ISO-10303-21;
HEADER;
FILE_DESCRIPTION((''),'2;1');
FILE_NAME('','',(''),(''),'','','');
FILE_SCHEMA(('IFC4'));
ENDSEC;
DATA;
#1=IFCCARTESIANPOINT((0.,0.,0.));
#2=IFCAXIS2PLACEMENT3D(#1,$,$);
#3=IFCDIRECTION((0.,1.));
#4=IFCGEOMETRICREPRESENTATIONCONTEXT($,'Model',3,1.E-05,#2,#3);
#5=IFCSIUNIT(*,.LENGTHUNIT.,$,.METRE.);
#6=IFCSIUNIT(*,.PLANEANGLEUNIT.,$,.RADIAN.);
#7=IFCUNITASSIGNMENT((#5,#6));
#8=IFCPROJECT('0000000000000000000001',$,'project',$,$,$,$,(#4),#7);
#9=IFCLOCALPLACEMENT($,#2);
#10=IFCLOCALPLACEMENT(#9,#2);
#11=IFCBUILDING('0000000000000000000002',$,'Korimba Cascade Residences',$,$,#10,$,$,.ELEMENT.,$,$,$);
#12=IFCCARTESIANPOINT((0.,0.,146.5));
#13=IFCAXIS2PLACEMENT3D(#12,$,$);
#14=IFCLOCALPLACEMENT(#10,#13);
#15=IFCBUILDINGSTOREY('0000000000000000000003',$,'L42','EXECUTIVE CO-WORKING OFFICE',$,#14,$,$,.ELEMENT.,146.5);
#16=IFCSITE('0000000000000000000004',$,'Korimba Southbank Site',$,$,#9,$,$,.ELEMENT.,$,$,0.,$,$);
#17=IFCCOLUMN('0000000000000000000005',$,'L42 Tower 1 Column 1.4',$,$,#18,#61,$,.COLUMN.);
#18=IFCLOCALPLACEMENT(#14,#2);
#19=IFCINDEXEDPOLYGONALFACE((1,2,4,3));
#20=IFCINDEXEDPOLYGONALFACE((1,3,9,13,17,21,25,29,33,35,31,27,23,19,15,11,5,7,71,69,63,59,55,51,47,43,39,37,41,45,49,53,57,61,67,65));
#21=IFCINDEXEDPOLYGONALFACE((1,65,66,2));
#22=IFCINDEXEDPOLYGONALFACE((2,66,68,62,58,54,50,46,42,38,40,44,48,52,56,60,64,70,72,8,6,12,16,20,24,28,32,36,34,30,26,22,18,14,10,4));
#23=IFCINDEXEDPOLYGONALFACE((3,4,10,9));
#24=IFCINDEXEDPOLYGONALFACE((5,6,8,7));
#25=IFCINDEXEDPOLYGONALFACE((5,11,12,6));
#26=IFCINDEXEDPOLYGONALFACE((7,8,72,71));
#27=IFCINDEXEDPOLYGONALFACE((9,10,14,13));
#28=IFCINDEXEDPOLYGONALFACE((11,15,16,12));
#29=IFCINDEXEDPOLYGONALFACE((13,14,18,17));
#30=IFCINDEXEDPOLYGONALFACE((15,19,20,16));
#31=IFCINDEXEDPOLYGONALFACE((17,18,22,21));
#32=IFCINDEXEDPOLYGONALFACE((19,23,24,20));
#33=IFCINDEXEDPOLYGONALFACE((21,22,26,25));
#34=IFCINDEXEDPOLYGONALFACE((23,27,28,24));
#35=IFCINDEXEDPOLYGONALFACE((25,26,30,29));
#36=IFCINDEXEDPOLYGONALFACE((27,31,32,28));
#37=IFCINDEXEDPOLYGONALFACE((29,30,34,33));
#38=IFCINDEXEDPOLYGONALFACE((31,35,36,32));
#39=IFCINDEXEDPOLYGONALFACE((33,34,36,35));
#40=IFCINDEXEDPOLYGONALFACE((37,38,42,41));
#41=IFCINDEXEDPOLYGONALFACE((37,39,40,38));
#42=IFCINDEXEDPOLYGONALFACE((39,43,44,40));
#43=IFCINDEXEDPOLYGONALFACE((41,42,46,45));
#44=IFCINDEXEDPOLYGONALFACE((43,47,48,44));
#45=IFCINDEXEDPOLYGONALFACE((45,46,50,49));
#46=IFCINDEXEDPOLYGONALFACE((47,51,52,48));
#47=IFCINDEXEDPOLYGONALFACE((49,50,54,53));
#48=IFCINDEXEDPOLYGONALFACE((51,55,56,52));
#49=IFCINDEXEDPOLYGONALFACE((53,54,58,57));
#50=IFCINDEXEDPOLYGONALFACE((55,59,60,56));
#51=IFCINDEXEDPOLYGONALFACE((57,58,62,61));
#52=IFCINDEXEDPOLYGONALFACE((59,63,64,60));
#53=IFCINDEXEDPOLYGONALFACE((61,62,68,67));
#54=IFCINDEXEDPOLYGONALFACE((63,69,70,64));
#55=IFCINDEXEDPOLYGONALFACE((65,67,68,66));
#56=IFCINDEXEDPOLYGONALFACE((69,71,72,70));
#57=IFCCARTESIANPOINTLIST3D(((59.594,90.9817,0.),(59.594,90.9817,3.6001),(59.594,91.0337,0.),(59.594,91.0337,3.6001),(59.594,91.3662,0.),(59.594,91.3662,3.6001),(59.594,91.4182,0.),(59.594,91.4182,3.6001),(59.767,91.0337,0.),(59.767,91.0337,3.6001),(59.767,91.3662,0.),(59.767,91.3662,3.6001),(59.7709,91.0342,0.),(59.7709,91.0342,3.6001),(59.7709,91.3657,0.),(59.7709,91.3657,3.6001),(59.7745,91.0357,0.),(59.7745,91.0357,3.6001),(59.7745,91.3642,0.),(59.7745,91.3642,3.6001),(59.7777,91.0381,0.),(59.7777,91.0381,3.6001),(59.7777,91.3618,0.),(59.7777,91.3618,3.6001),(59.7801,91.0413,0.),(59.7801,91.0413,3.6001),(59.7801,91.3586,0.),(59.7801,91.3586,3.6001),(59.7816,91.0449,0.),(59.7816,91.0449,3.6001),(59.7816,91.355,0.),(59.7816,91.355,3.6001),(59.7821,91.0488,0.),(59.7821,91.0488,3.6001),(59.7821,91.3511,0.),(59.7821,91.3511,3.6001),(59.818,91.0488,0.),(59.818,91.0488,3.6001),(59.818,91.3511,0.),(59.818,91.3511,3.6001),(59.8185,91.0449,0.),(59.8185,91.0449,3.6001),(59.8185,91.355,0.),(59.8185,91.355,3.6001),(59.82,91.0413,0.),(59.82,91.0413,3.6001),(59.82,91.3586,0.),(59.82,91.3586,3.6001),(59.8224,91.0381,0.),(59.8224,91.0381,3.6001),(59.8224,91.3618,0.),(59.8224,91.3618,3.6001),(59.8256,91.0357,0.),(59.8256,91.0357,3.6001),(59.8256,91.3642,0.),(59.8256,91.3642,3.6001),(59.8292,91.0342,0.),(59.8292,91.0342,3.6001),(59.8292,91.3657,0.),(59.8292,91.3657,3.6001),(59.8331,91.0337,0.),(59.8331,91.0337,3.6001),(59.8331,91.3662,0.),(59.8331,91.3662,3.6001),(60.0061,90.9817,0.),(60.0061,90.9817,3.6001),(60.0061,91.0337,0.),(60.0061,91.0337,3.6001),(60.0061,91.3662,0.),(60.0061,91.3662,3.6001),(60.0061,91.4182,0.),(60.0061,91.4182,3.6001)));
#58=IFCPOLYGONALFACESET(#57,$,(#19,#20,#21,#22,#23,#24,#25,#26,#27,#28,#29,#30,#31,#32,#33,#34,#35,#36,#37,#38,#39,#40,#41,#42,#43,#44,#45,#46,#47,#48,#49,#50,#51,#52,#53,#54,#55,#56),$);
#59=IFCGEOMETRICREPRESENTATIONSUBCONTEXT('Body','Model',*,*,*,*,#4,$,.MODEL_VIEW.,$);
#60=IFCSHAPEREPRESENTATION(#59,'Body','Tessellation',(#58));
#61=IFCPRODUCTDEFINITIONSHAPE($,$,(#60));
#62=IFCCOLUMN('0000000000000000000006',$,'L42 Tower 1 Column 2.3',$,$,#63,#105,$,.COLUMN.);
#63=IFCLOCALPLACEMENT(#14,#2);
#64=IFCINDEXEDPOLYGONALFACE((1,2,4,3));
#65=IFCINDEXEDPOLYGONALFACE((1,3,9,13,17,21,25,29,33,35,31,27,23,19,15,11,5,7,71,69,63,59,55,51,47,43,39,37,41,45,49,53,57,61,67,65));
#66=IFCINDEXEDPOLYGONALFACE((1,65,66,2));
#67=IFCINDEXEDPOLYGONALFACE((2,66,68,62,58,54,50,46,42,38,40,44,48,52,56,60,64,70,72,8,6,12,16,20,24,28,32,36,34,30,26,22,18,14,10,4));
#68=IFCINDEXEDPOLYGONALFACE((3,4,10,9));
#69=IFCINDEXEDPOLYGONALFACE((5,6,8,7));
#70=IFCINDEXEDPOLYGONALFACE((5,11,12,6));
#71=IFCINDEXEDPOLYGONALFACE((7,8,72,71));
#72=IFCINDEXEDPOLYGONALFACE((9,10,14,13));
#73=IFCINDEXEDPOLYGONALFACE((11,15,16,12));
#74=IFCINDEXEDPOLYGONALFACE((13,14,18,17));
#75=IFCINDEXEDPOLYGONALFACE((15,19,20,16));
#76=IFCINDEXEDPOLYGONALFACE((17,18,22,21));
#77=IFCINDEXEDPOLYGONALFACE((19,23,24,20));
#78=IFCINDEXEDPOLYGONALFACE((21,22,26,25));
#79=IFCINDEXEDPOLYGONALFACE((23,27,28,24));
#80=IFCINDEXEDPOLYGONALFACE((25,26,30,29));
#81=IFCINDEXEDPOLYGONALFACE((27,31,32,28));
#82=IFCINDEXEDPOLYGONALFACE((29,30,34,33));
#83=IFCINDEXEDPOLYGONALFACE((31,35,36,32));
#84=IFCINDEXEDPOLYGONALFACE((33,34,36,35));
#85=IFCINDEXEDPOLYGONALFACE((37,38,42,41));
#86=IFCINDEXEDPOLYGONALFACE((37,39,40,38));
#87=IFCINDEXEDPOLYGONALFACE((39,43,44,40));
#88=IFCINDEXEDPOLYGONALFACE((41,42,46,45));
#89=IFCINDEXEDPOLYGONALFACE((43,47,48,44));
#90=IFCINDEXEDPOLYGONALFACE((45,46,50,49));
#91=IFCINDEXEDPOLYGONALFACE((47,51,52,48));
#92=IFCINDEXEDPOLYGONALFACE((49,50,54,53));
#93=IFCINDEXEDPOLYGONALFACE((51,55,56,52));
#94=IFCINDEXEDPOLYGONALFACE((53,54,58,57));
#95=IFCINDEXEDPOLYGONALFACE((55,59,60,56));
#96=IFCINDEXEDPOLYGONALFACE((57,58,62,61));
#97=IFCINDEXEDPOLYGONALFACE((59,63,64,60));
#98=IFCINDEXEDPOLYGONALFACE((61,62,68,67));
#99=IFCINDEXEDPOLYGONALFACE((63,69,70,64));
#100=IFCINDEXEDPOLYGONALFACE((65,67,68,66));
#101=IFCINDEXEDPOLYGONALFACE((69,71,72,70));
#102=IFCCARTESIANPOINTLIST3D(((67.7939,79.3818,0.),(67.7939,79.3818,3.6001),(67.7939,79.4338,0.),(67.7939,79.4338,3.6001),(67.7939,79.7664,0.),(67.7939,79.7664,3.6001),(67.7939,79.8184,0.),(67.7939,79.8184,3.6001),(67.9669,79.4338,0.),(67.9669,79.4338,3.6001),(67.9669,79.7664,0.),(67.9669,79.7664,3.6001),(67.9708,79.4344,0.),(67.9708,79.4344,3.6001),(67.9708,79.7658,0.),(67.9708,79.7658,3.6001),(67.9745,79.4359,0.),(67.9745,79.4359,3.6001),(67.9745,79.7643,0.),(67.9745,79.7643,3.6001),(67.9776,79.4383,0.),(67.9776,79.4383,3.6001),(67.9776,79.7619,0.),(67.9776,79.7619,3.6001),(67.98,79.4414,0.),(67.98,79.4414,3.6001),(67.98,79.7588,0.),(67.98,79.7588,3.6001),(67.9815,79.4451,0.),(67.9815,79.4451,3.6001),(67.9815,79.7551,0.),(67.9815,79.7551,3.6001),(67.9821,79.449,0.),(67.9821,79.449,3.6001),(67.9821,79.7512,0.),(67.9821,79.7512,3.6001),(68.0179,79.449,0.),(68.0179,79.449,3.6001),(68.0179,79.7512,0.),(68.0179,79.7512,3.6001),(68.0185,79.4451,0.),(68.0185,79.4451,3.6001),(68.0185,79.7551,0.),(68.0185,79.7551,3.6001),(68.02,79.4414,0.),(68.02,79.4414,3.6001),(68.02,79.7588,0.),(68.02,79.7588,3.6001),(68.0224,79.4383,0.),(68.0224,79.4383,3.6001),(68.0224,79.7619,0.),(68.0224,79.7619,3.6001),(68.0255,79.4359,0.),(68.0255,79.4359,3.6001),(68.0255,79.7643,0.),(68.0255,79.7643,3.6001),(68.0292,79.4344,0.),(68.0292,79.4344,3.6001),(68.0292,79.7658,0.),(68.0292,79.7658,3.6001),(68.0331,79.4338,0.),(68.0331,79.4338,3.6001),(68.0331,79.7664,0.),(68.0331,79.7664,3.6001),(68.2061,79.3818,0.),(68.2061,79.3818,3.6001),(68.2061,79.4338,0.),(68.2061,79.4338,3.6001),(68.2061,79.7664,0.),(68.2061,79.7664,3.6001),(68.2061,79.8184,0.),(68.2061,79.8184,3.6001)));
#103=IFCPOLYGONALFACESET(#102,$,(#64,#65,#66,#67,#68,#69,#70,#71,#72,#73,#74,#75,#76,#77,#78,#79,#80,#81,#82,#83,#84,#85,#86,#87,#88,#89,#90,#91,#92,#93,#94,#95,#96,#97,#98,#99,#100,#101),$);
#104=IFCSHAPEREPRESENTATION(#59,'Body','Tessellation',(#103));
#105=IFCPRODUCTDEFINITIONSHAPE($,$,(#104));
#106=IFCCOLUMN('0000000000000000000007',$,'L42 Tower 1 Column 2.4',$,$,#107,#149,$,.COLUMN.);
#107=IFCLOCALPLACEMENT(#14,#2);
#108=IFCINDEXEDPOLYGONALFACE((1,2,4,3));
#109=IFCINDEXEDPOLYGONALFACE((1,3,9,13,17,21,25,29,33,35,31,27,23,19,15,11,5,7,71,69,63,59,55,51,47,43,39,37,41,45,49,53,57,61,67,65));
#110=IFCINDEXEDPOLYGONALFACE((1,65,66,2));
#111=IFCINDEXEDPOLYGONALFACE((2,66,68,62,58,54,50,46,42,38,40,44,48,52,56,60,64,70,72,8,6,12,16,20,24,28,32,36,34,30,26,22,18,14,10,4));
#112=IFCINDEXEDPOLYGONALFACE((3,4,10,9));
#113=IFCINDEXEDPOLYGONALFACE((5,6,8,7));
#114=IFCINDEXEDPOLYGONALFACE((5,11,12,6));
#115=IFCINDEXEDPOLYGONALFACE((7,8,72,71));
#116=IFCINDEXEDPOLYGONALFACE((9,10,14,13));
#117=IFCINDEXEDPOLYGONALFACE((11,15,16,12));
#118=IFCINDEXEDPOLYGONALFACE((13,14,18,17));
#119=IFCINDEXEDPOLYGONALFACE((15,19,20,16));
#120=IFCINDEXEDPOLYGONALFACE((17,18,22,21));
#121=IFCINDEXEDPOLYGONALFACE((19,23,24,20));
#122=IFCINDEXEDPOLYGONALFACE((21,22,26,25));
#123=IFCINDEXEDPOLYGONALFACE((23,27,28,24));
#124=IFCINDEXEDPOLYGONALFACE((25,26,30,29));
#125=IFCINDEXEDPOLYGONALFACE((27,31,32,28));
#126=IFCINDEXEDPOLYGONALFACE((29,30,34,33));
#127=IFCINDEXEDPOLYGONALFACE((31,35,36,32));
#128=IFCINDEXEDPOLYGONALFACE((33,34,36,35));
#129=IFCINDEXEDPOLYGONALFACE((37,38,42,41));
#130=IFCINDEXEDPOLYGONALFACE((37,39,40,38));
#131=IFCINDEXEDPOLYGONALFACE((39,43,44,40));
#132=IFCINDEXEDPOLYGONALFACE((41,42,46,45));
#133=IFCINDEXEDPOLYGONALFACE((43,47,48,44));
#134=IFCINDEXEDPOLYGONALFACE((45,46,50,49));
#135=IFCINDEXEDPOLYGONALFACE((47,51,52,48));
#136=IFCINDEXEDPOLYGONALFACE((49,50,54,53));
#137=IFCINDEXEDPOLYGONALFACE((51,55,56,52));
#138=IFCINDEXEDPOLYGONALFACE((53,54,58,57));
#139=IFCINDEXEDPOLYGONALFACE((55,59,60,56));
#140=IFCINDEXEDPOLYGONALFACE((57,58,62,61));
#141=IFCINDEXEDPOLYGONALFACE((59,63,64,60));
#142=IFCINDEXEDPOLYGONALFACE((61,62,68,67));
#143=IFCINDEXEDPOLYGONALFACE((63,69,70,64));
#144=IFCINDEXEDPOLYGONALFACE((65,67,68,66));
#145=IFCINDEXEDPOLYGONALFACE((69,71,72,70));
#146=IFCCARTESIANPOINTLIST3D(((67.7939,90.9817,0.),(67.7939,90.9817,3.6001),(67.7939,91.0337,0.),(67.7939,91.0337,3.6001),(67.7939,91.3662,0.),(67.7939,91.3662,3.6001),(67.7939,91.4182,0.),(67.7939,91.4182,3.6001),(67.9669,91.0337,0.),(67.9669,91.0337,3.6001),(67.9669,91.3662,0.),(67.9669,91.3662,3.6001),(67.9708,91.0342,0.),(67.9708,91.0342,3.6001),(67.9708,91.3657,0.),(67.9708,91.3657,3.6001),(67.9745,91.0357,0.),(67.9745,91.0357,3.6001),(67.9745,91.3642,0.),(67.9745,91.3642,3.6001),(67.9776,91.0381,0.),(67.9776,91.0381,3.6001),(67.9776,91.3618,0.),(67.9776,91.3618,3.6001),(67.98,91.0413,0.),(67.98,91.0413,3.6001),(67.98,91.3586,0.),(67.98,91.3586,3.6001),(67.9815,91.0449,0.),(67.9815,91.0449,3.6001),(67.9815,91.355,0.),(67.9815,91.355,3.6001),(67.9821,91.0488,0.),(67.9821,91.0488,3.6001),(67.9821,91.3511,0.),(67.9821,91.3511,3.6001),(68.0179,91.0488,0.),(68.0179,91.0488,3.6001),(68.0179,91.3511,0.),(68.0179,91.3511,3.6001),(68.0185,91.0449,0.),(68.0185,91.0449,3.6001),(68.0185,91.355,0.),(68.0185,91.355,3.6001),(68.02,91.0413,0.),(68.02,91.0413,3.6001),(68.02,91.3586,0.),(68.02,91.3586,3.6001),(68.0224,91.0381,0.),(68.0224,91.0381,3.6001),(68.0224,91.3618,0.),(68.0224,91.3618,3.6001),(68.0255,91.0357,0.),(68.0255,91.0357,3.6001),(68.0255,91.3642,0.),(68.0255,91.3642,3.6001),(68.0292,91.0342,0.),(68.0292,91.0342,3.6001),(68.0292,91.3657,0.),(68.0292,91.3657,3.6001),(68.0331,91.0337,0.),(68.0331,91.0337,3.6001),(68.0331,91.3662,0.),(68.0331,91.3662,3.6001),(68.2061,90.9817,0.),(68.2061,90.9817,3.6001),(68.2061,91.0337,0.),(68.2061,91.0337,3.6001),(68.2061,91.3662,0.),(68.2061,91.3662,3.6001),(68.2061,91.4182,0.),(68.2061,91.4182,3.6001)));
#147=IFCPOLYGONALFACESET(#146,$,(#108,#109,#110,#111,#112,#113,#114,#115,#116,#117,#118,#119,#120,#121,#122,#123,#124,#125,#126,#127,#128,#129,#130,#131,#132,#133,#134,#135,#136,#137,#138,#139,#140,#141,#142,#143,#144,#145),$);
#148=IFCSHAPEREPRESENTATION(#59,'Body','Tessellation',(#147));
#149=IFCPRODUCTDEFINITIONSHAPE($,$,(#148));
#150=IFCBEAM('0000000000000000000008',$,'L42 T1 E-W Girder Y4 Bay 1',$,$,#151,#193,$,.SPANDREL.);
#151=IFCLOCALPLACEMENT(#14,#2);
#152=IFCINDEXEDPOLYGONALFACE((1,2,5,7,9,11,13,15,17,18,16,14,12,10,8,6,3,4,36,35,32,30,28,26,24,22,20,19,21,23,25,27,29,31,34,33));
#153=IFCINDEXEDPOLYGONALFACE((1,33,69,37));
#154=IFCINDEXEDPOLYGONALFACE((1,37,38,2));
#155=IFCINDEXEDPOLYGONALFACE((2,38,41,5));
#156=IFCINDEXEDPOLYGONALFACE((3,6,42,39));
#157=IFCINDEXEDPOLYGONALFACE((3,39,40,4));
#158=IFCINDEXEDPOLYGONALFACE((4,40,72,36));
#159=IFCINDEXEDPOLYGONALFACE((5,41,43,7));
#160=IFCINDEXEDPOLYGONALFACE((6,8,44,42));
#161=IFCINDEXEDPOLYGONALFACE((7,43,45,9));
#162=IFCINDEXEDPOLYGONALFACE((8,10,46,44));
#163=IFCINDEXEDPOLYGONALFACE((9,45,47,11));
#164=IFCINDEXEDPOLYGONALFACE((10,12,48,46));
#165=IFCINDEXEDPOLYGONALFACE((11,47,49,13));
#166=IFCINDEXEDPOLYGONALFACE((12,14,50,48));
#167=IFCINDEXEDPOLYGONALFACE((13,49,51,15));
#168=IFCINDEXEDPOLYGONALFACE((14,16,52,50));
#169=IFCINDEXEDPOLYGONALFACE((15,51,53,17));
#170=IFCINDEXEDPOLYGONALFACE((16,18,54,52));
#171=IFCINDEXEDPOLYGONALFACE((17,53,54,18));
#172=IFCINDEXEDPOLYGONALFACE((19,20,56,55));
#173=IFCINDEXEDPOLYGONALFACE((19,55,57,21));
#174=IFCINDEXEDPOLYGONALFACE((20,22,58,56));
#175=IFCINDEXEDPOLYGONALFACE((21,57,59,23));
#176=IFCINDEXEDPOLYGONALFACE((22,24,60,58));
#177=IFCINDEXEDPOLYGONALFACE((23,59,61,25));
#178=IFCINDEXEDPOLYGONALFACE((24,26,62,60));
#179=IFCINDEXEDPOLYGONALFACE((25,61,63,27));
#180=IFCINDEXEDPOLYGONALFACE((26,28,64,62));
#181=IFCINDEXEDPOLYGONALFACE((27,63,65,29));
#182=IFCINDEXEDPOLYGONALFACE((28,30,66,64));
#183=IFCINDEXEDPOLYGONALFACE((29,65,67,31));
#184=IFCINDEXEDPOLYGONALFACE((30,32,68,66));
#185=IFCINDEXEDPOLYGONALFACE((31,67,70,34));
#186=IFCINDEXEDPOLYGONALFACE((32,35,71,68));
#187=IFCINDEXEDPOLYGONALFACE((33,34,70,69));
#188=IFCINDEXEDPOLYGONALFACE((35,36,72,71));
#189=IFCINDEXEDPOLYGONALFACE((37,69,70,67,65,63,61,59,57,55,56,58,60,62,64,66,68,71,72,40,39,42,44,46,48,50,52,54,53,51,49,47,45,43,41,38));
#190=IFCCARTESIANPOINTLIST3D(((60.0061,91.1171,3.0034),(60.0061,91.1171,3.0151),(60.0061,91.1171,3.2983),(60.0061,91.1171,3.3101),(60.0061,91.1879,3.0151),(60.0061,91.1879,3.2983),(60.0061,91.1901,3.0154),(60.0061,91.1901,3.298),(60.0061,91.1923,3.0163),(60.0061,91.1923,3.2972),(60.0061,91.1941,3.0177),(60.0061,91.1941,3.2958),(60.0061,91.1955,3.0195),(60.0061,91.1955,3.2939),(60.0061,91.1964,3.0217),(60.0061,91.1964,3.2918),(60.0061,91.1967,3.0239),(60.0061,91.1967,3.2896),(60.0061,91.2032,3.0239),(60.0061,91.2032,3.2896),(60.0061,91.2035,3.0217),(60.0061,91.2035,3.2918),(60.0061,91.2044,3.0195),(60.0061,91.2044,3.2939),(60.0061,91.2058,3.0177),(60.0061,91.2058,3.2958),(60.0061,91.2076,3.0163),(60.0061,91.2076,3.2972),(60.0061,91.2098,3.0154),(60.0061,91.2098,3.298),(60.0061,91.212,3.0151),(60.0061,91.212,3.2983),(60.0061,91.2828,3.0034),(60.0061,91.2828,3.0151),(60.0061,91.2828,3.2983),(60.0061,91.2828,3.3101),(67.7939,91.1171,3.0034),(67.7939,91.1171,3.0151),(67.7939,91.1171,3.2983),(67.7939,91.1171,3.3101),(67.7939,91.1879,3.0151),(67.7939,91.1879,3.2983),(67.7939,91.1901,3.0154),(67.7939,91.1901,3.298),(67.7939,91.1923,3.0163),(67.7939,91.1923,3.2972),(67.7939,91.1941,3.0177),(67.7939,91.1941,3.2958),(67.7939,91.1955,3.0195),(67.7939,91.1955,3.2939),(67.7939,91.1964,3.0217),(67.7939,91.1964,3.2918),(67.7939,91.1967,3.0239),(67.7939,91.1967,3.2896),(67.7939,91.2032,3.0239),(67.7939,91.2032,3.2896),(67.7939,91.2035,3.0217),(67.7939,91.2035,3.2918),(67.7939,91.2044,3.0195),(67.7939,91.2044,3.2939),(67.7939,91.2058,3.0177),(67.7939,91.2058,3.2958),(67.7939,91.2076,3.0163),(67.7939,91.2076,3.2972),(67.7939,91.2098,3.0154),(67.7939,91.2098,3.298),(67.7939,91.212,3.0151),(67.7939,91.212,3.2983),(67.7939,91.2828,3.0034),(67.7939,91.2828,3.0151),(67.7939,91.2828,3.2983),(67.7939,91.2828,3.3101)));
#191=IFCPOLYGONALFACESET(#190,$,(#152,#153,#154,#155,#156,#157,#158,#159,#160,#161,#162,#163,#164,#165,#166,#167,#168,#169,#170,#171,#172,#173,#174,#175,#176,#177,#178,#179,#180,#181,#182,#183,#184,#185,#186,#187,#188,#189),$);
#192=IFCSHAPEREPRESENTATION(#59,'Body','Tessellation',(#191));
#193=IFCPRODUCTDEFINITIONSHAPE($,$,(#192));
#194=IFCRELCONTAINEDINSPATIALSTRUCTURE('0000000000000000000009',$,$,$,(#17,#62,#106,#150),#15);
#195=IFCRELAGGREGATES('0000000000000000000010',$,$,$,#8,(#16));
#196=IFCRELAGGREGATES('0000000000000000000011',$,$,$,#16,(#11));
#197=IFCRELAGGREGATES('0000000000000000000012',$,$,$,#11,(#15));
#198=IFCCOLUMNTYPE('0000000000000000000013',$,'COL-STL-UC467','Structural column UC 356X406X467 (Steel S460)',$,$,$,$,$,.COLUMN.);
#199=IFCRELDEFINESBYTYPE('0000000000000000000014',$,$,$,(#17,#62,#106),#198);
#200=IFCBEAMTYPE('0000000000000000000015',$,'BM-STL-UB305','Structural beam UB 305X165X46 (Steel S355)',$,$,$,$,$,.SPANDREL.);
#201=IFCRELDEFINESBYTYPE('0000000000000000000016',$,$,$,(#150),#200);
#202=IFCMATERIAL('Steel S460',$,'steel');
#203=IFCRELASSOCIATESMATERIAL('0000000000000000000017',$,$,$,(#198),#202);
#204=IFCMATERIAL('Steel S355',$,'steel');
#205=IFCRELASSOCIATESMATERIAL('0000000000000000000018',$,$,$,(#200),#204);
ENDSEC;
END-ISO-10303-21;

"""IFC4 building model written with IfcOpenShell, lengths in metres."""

from ifc_helpers import new_model, si_unit, direction, frame, origin, origin_2d, place, context, subcontext, project, spatial, i_section, extrude, material, material_profile, profile_set, type_object, element, save


model = new_model("IFC4")

# Units and contexts
model_context = context("Model", 3, precision=1e-05, world=origin(), true_north=direction((0.0, 1.0)))
body_context = subcontext(model_context, "Body", "Model", "MODEL_VIEW")
ifc_project = project(units=[si_unit("LENGTHUNIT", "METRE"), si_unit("PLANEANGLEUNIT", "RADIAN")], contexts=[model_context])

# Site, building, storey
site_placement = place(None, origin())
site = spatial("IfcSite", under=ifc_project, at=site_placement, Name="Korimba Southbank Site", CompositionType="ELEMENT", RefElevation=0.0)
building_placement = place(site_placement, origin())
building = spatial("IfcBuilding", under=site, at=building_placement, Name="Korimba Cascade Residences", CompositionType="ELEMENT")
storey_placement = place(building_placement, frame((0.0, 0.0, 146.5)))
storey = spatial("IfcBuildingStorey", under=building, at=storey_placement, Name="L42", Description="EXECUTIVE CO-WORKING OFFICE", CompositionType="ELEMENT", Elevation=146.5)

# Columns
ifc_material_1 = material(Name="Steel S460", Category="steel")
ifc_material_profile_1 = material_profile(ifc_material_1, i_section(OverallWidth=0.4121, OverallDepth=0.4365, WebThickness=0.0359, FlangeThickness=0.052, FilletRadius=0.0151, at=origin_2d()), Name="Steel S460")
ifc_profile_set_1 = profile_set([ifc_material_profile_1], Name="Steel S460")
column_type = type_object("IfcColumnType", Name="COL-STL-UC467", Description="Structural column UC 356X406X467 (Steel S460)", PredefinedType="COLUMN", material=ifc_profile_set_1)
for number, where, z_axis, x_axis, name in (
    (1, (59.8, 91.2, 0.0), (0.0, 0.0, 1.0), (1.0, 0.0, 0.0), "L42 Tower 1 Column 1.4"),
    (2, (68.0, 79.6001, 0.0), (0.0, 0.0, 1.0), (1.0, 0.0, 0.0), "L42 Tower 1 Column 2.3"),
    (3, (68.0, 91.2, 0.0), (0.0, 0.0, 1.0), (1.0, 0.0, 0.0), "L42 Tower 1 Column 2.4"),
):
    element("IfcColumn", number, at=place(storey_placement, frame(where, z_axis=z_axis, x_axis=x_axis)), inside=storey, type_object=column_type, Name=name, PredefinedType="COLUMN", context=body_context, shape_type="SweptSolid", body=[
        extrude(i_section(OverallWidth=0.4121, OverallDepth=0.4365, WebThickness=0.0359, FlangeThickness=0.052, FilletRadius=0.0151, at=origin_2d()), origin(), (0.0, 0.0, 1.0), 3.6001),
    ])

# Beam
ifc_material_2 = material(Name="Steel S355", Category="steel")
ifc_material_profile_2 = material_profile(ifc_material_2, i_section(OverallWidth=0.1658, OverallDepth=0.3066, WebThickness=0.0066, FlangeThickness=0.0117, FilletRadius=0.0088, at=origin_2d()), Name="Steel S355")
ifc_profile_set_2 = profile_set([ifc_material_profile_2], Name="Steel S355")
beam_type_1 = type_object("IfcBeamType", Name="BM-STL-UB305", Description="Structural beam UB 305X165X46 (Steel S355)", PredefinedType="SPANDREL", material=ifc_profile_set_2)
beam_1_placement = place(storey_placement, frame((60.0061, 91.2, 3.1567), z_axis=(1.0, 0.0, 0.0), x_axis=(0.0, 1.0, 0.0)))
element("IfcBeam", 4, at=beam_1_placement, inside=storey, type_object=beam_type_1, Name="L42 T1 E-W Girder Y4 Bay 1", PredefinedType="SPANDREL", context=body_context, shape_type="SweptSolid", body=[
    extrude(i_section(OverallWidth=0.1658, OverallDepth=0.3066, WebThickness=0.0066, FlangeThickness=0.0117, FilletRadius=0.0088, at=origin_2d()), origin(), (0.0, 0.0, 1.0), 7.7878),
])

save(model, "model.ifc")
